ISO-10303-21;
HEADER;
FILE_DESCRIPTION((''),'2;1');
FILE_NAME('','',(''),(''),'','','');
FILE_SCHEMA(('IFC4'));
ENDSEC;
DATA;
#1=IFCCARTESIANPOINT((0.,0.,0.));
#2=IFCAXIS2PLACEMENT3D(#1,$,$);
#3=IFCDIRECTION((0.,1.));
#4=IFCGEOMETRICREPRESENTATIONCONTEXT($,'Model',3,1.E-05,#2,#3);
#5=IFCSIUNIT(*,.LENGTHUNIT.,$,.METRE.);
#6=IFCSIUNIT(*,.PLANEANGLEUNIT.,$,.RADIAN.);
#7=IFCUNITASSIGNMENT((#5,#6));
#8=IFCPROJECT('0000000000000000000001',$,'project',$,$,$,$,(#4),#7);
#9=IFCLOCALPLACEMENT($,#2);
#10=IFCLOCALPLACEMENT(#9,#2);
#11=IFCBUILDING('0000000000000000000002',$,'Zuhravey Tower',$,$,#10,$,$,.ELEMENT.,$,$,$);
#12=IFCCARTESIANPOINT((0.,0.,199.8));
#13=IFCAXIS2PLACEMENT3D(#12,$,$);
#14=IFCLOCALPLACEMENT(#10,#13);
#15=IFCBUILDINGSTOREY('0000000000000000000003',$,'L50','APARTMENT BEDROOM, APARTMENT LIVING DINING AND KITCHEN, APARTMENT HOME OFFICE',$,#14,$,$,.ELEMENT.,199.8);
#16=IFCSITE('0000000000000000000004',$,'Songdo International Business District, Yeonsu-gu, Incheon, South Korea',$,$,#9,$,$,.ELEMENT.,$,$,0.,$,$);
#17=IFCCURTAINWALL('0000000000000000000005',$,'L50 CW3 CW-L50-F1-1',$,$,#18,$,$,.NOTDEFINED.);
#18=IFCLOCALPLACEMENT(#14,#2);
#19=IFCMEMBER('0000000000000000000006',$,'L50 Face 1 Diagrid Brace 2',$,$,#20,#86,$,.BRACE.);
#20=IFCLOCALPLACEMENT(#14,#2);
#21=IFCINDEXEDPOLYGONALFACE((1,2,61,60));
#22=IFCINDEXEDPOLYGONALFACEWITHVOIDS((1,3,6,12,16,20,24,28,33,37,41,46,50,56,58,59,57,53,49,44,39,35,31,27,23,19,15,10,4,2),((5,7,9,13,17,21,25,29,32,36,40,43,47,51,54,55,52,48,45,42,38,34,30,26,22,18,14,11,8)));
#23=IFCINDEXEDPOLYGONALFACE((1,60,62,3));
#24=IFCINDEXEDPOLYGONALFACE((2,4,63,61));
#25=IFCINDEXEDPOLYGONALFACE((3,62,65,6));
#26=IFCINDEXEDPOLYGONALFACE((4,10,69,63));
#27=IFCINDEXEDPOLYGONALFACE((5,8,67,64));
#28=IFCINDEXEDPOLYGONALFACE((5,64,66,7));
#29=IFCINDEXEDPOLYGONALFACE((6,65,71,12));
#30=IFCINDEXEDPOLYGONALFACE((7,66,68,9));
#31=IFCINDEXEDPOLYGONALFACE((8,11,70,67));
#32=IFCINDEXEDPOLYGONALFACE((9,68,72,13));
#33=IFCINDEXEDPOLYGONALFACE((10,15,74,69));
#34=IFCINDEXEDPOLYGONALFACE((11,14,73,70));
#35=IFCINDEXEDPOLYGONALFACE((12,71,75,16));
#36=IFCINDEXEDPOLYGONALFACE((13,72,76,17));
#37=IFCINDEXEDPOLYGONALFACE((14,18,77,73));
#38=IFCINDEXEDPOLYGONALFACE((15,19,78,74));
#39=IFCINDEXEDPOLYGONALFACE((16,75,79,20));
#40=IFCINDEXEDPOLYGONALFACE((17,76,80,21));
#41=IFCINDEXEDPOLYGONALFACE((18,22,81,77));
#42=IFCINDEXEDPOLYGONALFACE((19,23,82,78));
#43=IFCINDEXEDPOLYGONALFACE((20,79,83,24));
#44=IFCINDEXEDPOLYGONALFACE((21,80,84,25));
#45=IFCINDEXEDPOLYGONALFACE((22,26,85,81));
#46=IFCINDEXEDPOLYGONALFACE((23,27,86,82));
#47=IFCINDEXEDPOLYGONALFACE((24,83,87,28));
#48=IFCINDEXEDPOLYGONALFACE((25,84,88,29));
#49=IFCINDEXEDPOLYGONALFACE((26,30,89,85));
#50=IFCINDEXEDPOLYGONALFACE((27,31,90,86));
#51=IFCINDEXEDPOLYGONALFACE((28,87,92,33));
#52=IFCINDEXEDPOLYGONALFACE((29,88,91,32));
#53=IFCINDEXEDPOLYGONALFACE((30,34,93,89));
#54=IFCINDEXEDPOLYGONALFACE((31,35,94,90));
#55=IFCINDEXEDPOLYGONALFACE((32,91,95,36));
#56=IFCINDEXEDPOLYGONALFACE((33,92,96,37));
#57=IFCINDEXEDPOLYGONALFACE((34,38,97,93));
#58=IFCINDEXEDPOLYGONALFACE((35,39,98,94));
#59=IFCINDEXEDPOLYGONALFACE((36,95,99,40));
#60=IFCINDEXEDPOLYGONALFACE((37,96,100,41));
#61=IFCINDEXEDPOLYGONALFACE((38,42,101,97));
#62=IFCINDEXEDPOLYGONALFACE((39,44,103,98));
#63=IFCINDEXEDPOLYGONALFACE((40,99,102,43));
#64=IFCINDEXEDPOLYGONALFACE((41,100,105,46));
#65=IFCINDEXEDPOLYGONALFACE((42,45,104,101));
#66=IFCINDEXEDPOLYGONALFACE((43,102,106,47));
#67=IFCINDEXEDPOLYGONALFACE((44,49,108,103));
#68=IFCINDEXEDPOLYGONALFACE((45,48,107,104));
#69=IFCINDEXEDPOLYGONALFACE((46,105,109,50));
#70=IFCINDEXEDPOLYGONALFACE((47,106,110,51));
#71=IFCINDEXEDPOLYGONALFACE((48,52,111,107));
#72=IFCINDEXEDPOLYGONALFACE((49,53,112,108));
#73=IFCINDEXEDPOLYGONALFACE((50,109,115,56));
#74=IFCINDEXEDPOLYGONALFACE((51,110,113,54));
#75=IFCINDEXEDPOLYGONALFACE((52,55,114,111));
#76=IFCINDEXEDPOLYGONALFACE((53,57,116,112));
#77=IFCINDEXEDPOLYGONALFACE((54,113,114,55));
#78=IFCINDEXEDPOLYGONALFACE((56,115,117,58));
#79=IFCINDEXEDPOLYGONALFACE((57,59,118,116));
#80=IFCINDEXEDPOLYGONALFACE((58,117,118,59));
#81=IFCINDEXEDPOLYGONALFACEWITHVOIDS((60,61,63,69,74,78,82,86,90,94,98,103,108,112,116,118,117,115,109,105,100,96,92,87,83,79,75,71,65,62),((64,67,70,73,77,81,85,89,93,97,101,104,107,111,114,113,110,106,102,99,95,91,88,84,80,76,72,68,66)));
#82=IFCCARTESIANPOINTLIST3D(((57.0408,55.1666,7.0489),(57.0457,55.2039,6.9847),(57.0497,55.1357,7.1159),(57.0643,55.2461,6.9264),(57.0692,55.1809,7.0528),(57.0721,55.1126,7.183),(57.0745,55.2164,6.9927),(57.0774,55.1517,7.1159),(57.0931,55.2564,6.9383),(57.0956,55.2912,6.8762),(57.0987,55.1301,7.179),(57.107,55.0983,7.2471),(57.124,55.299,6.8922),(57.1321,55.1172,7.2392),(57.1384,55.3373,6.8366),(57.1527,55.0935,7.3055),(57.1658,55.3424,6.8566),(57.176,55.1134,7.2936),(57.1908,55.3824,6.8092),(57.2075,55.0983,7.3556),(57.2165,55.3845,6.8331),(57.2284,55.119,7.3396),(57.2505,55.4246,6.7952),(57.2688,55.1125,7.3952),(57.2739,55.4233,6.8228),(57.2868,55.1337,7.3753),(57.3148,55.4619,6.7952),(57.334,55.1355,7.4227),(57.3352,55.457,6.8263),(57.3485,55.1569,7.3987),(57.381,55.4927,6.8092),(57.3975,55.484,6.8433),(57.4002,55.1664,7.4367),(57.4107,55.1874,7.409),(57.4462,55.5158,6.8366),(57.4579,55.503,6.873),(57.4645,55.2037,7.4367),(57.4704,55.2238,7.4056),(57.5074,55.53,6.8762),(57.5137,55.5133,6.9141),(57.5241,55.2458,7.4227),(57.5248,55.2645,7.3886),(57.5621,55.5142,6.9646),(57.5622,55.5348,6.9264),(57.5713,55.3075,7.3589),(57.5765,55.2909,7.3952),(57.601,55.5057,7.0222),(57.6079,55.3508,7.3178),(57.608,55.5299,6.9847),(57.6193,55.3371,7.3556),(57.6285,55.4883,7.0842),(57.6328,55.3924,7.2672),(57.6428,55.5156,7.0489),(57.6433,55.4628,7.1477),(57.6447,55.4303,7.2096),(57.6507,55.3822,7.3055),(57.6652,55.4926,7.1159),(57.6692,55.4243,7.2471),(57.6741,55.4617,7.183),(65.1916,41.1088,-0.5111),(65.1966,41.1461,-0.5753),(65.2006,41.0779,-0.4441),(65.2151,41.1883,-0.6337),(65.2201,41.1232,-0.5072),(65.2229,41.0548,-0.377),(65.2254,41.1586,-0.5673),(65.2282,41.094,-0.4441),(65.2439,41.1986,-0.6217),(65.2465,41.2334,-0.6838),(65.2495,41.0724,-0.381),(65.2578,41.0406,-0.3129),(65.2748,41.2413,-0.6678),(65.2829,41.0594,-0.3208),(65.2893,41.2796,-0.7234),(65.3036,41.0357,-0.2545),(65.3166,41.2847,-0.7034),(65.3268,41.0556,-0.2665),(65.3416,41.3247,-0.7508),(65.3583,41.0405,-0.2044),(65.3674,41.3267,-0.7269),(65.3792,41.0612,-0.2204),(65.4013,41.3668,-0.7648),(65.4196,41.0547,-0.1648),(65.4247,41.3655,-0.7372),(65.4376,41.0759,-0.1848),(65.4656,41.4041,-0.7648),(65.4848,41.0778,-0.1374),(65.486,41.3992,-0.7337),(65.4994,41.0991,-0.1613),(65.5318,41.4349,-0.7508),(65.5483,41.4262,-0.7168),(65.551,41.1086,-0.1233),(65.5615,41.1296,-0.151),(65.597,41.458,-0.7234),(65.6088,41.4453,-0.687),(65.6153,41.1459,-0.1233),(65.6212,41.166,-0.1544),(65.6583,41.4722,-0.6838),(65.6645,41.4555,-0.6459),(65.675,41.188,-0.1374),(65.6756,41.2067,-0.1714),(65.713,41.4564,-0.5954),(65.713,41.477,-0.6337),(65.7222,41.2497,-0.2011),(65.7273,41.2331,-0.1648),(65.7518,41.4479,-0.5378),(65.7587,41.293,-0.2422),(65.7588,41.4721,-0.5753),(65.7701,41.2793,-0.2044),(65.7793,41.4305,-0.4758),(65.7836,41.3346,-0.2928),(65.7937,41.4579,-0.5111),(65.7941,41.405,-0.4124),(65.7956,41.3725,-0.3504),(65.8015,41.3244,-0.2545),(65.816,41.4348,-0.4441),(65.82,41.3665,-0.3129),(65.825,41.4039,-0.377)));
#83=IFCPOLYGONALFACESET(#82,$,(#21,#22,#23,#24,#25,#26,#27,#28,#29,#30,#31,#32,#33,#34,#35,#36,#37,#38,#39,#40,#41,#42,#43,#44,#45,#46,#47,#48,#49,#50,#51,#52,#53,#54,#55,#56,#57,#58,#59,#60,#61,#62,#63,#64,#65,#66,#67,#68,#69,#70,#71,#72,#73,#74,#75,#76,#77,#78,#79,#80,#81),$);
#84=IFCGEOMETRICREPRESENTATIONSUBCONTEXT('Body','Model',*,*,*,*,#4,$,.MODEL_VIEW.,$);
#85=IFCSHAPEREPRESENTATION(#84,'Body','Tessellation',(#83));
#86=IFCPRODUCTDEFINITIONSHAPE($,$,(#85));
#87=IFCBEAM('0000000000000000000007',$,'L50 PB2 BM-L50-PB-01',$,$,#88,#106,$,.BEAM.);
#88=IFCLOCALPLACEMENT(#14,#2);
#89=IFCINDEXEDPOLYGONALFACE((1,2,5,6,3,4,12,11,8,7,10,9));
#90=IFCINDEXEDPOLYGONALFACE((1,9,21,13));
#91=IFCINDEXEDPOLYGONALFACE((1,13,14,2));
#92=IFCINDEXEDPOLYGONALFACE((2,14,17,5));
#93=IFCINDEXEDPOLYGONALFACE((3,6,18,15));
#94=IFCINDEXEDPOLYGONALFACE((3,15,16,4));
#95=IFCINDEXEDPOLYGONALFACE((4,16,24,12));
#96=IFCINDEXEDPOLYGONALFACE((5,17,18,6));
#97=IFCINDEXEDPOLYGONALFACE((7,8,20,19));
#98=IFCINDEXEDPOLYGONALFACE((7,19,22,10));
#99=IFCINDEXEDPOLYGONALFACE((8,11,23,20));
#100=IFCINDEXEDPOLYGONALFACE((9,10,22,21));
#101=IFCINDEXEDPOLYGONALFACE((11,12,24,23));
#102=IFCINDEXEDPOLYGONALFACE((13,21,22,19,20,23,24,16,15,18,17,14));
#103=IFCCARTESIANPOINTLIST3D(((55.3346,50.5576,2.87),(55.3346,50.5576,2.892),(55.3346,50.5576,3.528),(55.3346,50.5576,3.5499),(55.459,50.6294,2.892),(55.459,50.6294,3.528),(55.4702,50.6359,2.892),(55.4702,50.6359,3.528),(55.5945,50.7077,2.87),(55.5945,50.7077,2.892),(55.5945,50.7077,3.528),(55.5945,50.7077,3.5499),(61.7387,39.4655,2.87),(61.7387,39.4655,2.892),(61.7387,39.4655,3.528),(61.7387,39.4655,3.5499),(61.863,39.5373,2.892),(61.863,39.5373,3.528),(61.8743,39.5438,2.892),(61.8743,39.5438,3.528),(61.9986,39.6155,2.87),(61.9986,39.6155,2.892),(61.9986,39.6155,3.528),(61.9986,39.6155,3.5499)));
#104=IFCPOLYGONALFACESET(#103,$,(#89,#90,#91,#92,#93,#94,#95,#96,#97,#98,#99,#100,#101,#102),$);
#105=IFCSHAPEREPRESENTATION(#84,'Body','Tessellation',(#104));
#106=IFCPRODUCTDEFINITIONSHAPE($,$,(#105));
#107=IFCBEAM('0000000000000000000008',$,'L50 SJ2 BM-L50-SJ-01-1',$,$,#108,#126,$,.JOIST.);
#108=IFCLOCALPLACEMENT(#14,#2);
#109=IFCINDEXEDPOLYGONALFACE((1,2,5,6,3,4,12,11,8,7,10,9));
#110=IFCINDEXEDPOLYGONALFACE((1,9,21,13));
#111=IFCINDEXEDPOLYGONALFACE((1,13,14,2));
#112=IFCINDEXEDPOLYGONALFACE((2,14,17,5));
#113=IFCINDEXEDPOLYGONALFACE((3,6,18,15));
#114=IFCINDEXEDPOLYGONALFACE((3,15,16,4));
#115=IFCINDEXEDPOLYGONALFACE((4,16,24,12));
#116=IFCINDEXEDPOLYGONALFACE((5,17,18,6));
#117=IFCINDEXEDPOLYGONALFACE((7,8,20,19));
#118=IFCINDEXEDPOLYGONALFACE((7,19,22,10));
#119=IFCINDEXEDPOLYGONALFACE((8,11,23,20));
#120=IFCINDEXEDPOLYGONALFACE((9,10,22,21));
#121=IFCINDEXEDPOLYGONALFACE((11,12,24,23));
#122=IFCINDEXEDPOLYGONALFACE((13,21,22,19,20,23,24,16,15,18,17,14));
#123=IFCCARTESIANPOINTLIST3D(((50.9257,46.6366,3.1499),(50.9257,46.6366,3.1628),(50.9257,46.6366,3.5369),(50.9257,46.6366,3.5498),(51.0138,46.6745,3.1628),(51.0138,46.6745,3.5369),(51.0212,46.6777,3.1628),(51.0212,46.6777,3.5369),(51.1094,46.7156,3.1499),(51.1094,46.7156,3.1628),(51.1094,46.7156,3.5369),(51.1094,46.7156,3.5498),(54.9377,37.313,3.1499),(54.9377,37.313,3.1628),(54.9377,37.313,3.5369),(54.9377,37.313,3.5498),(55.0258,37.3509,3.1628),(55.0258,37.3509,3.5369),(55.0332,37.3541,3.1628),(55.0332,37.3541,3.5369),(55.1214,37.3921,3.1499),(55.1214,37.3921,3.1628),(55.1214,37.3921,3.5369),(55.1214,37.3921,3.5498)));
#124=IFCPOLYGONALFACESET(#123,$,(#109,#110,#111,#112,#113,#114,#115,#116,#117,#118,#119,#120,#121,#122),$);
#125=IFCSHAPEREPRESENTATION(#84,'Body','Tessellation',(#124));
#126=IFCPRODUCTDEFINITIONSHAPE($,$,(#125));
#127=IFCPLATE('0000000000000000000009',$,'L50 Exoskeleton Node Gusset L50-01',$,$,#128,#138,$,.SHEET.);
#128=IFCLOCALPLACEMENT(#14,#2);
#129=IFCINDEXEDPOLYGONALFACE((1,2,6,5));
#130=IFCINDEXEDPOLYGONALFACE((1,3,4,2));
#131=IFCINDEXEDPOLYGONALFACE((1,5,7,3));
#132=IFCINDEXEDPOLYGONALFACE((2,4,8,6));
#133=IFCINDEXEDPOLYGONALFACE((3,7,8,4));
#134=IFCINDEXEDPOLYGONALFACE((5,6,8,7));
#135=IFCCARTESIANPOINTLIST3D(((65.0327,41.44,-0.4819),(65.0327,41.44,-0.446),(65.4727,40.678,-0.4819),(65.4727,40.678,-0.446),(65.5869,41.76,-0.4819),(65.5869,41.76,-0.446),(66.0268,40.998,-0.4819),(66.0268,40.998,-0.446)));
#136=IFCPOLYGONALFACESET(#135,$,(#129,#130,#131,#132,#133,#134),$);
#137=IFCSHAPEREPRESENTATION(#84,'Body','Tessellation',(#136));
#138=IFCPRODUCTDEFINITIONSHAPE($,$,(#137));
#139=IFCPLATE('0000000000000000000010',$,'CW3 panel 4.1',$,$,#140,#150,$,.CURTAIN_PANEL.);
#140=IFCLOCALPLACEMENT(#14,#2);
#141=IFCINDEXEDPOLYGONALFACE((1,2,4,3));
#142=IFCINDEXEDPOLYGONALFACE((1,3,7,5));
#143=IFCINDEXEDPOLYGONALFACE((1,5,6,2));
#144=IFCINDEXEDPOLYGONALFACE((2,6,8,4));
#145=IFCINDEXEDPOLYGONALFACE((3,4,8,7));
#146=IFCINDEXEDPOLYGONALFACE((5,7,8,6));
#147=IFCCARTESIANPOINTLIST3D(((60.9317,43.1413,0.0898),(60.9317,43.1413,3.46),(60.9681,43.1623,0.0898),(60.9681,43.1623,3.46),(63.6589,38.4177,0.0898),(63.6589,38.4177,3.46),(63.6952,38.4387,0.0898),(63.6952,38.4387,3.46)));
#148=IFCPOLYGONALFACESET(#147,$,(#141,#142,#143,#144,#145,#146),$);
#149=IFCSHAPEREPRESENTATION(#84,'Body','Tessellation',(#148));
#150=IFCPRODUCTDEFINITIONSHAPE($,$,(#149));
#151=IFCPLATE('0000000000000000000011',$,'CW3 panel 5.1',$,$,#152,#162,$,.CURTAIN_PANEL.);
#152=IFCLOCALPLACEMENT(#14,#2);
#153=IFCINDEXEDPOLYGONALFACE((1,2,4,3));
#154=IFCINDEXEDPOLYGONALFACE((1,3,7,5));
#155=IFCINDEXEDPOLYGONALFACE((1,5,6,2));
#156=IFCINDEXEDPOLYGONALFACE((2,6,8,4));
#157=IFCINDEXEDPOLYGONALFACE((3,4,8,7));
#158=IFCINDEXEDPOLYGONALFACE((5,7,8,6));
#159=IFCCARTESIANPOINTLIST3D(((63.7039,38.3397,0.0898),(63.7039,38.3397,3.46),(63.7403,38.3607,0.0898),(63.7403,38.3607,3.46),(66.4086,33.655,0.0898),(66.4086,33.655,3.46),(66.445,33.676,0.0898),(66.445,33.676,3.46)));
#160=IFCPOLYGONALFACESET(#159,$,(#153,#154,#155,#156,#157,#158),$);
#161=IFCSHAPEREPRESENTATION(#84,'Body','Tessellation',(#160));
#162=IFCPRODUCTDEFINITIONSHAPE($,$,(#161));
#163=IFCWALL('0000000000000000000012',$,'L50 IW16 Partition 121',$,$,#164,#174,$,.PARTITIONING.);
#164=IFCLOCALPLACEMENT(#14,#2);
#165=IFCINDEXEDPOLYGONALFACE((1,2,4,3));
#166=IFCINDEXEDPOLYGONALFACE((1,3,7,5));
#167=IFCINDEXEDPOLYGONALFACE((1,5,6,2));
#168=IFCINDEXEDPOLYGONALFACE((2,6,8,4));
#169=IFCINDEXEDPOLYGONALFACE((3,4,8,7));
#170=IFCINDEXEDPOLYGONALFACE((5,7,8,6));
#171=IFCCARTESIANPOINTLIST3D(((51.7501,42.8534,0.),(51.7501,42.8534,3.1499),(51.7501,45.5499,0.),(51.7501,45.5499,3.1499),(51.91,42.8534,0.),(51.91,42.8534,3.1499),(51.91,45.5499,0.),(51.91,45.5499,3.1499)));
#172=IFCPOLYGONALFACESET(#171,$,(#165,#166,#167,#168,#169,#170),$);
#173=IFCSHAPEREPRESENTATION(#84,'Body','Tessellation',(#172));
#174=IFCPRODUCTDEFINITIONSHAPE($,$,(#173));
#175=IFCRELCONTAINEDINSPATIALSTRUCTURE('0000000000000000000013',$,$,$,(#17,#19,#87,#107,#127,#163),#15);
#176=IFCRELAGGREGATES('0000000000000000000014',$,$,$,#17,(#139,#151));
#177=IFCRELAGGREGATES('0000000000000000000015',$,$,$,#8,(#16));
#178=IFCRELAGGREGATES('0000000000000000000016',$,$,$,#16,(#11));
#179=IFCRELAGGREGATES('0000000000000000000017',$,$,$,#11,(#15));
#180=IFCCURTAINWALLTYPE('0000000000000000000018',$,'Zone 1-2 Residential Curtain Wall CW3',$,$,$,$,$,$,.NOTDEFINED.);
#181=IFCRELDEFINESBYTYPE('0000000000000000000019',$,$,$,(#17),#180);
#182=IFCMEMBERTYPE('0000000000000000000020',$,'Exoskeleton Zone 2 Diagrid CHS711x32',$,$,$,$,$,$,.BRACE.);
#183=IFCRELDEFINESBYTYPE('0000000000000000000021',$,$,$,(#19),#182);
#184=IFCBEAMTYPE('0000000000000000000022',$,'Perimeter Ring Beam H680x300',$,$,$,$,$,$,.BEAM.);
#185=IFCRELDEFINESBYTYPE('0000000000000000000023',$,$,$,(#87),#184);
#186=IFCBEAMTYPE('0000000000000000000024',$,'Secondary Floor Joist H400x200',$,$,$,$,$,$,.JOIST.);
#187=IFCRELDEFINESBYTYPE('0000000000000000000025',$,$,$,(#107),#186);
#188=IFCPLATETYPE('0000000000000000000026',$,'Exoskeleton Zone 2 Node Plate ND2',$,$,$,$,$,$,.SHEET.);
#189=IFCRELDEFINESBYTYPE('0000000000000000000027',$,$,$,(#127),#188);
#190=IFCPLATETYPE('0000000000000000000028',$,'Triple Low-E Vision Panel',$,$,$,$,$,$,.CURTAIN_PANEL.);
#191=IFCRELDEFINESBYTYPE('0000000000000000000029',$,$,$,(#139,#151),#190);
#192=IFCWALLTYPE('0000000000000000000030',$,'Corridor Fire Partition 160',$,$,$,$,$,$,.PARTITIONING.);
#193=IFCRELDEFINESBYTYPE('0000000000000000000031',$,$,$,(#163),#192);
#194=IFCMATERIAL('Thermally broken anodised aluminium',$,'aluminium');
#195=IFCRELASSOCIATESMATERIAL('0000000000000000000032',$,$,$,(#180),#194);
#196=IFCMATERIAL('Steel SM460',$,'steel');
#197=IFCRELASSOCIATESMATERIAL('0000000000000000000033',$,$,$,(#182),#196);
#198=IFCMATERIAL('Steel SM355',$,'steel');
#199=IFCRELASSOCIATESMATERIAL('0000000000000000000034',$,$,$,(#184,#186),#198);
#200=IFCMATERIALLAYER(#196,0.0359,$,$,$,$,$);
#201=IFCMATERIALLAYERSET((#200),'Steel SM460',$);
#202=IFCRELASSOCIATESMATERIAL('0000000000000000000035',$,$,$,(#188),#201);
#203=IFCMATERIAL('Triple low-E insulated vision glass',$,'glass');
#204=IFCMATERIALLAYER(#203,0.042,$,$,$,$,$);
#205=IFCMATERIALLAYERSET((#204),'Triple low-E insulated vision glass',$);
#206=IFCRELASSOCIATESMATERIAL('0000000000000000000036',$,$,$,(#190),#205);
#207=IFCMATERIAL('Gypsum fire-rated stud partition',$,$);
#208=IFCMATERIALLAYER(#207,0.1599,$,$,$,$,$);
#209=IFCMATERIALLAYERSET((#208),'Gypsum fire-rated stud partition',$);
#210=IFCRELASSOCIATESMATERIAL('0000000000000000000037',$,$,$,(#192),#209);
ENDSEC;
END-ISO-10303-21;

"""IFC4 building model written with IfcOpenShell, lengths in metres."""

from ifc_helpers import new_model, si_unit, direction, frame, frame_2d, origin, origin_2d, place, context, subcontext, project, spatial, rectangle, hollow_circle, i_section, extrude, material, layer, layer_set, material_profile, profile_set, type_object, element, aggregate, save


model = new_model("IFC4")

# Units and contexts
model_context = context("Model", 3, precision=1e-05, world=origin(), true_north=direction((0.0, 1.0)))
body_context = subcontext(model_context, "Body", "Model", "MODEL_VIEW")
ifc_project = project(units=[si_unit("LENGTHUNIT", "METRE"), si_unit("PLANEANGLEUNIT", "RADIAN")], contexts=[model_context])

# Site, building, storey
site_placement = place(None, origin())
site = spatial("IfcSite", under=ifc_project, at=site_placement, Name="Songdo International Business District, Yeonsu-gu, Incheon, South Korea", CompositionType="ELEMENT", RefElevation=0.0)
building_placement = place(site_placement, origin())
building = spatial("IfcBuilding", under=site, at=building_placement, Name="Zuhravey Tower", CompositionType="ELEMENT")
storey_placement = place(building_placement, frame((0.0, 0.0, 199.8)))
storey = spatial("IfcBuildingStorey", under=building, at=storey_placement, Name="L50", Description="APARTMENT BEDROOM, APARTMENT LIVING DINING AND KITCHEN, APARTMENT HOME OFFICE", CompositionType="ELEMENT", Elevation=199.8)

# Curtain wall
ifc_material_1 = material(Name="Thermally broken anodised aluminium", Category="aluminium")
curtain_wall_type = type_object("IfcCurtainWallType", Name="Zone 1-2 Residential Curtain Wall CW3", PredefinedType="NOTDEFINED", material=ifc_material_1)
curtain_wall_placement = place(storey_placement, origin())
curtain_wall = element("IfcCurtainWall", 1, at=curtain_wall_placement, inside=storey, type_object=curtain_wall_type, Name="L50 CW3 CW-L50-F1-1", PredefinedType="NOTDEFINED")

# Member
ifc_material_2 = material(Name="Steel SM355", Category="steel")
ifc_material_3 = material(Name="Steel SM460", Category="steel")
ifc_material_profile_1 = material_profile(ifc_material_3, hollow_circle(Radius=0.3557, WallThickness=0.032, at=origin_2d()), Name="CHS-711.2x32")
ifc_profile_set_1 = profile_set([ifc_material_profile_1], Name="Steel SM460")
member_type_1 = type_object("IfcMemberType", Name="Exoskeleton Zone 2 Diagrid CHS711x32", PredefinedType="BRACE", material=ifc_profile_set_1)
member_1_placement = place(storey_placement, frame((65.5083, 41.2563, -0.4441), z_axis=(-0.454786, 0.784371, 0.42182), x_axis=(-0.865103, -0.501595, 0.0)))
element("IfcMember", 2, at=member_1_placement, inside=storey, type_object=member_type_1, Name="L50 Face 1 Diagrid Brace 2", PredefinedType="BRACE", context=body_context, shape_type="SweptSolid", body=[
    extrude(hollow_circle(Radius=0.3557, WallThickness=0.032, at=origin_2d()), origin(), (0.0, 0.0, 1.0), 17.9224),
])

# Beams
ifc_material_profile_2 = material_profile(ifc_material_2, i_section(OverallWidth=0.3, OverallDepth=0.6799, WebThickness=0.0129, FlangeThickness=0.022, at=origin_2d()), Name="H-680x300x13x22")
ifc_profile_set_2 = profile_set([ifc_material_profile_2], Name="Steel SM355")
beam_type_1 = type_object("IfcBeamType", Name="Perimeter Ring Beam H680x300", PredefinedType="BEAM", material=ifc_profile_set_2)
beam_1_placement = place(storey_placement, frame((61.8687, 39.5405, 3.21), z_axis=(-0.500004, 0.866023, 0.0), x_axis=(-0.866023, -0.500004, 0.0)))
element("IfcBeam", 3, at=beam_1_placement, inside=storey, type_object=beam_type_1, Name="L50 PB2 BM-L50-PB-01", PredefinedType="BEAM", context=body_context, shape_type="SweptSolid", body=[
    extrude(i_section(OverallWidth=0.3, OverallDepth=0.6799, WebThickness=0.0129, FlangeThickness=0.022, at=origin_2d()), origin(), (0.0, 0.0, 1.0), 12.8081),
])
ifc_material_profile_3 = material_profile(ifc_material_2, i_section(OverallWidth=0.2, OverallDepth=0.3999, WebThickness=0.0081, FlangeThickness=0.0129, at=origin_2d()), Name="H-400x200x8x13")
ifc_profile_set_3 = profile_set([ifc_material_profile_3], Name="Steel SM355")
beam_type_2 = type_object("IfcBeamType", Name="Secondary Floor Joist H400x200", PredefinedType="JOIST", material=ifc_profile_set_3)
beam_2_placement = place(storey_placement, frame((55.0295, 37.3525, 3.3499), z_axis=(-0.395266, 0.918567, 0.0), x_axis=(-0.918567, -0.395266, 0.0)))
element("IfcBeam", 4, at=beam_2_placement, inside=storey, type_object=beam_type_2, Name="L50 SJ2 BM-L50-SJ-01-1", PredefinedType="JOIST", context=body_context, shape_type="SweptSolid", body=[
    extrude(i_section(OverallWidth=0.2, OverallDepth=0.3999, WebThickness=0.0081, FlangeThickness=0.0129, at=origin_2d()), origin(), (0.0, 0.0, 1.0), 10.1501),
])

# Plates
ifc_layer_1 = layer(ifc_material_3, 0.0359)
ifc_layer_set_1 = layer_set([ifc_layer_1], Name="Steel SM460")
plate_type_1 = type_object("IfcPlateType", Name="Exoskeleton Zone 2 Node Plate ND2", PredefinedType="SHEET", material=ifc_layer_set_1)
plate_1_placement = place(storey_placement, frame((65.5298, 41.219, -0.4819), z_axis=(0.0, 0.0, 1.0), x_axis=(-0.5, 0.866025, 0.0)))
element("IfcPlate", 5, at=plate_1_placement, inside=storey, type_object=plate_type_1, Name="L50 Exoskeleton Node Gusset L50-01", PredefinedType="SHEET", context=body_context, shape_type="SweptSolid", body=[
    extrude(rectangle(XDim=0.8799, YDim=0.6399, at=origin_2d()), origin(), (0.0, 0.0, 1.0), 0.0359),
])
ifc_material_4 = material(Name="Triple low-E insulated vision glass", Category="glass")
ifc_layer_2 = layer(ifc_material_4, 0.042)
ifc_layer_set_2 = layer_set([ifc_layer_2], Name="Triple low-E insulated vision glass")
plate_type_2 = type_object("IfcPlateType", Name="Triple Low-E Vision Panel", PredefinedType="CURTAIN_PANEL", material=ifc_layer_set_2)
plate_2_placement = place(storey_placement, frame((62.3135, 40.79, 0.0898), z_axis=(0.0, 0.0, 1.0), x_axis=(0.5, -0.866025, 0.0)))
plate_2 = element("IfcPlate", 6, at=plate_2_placement, type_object=plate_type_2, Name="CW3 panel 4.1", PredefinedType="CURTAIN_PANEL", context=body_context, shape_type="SweptSolid", body=[
    extrude(rectangle(XDim=5.4543, YDim=0.042, at=origin_2d()), origin(), (0.0, 0.0, 1.0), 3.3701),
])
plate_3_placement = place(storey_placement, frame((65.0745, 36.0078, 0.0898), z_axis=(0.0, 0.0, 1.0), x_axis=(0.5, -0.866025, 0.0)))
plate_3 = element("IfcPlate", 7, at=plate_3_placement, type_object=plate_type_2, Name="CW3 panel 5.1", PredefinedType="CURTAIN_PANEL", context=body_context, shape_type="SweptSolid", body=[
    extrude(rectangle(XDim=5.4094, YDim=0.042, at=origin_2d()), origin(), (0.0, 0.0, 1.0), 3.3701),
])
aggregate(curtain_wall, [plate_2, plate_3])

# Wall
ifc_material_5 = material(Name="Gypsum fire-rated stud partition")
ifc_layer_3 = layer(ifc_material_5, 0.1599)
ifc_layer_set_3 = layer_set([ifc_layer_3], Name="Gypsum fire-rated stud partition")
wall_type_1 = type_object("IfcWallType", Name="Corridor Fire Partition 160", PredefinedType="PARTITIONING", material=ifc_layer_set_3)
wall_1_placement = place(storey_placement, frame((51.8301, 42.8535, 0.0), z_axis=(0.0, 0.0, 1.0), x_axis=(0.0, 1.0, 0.0)))
element("IfcWall", 8, at=wall_1_placement, inside=storey, type_object=wall_type_1, Name="L50 IW16 Partition 121", PredefinedType="PARTITIONING", context=body_context, shape_type="SweptSolid", body=[
    extrude(rectangle(XDim=2.6965, YDim=0.1599, at=frame_2d((1.3481, 0.0))), origin(), (0.0, 0.0, 1.0), 3.1499),
])

save(model, "model.ifc")
